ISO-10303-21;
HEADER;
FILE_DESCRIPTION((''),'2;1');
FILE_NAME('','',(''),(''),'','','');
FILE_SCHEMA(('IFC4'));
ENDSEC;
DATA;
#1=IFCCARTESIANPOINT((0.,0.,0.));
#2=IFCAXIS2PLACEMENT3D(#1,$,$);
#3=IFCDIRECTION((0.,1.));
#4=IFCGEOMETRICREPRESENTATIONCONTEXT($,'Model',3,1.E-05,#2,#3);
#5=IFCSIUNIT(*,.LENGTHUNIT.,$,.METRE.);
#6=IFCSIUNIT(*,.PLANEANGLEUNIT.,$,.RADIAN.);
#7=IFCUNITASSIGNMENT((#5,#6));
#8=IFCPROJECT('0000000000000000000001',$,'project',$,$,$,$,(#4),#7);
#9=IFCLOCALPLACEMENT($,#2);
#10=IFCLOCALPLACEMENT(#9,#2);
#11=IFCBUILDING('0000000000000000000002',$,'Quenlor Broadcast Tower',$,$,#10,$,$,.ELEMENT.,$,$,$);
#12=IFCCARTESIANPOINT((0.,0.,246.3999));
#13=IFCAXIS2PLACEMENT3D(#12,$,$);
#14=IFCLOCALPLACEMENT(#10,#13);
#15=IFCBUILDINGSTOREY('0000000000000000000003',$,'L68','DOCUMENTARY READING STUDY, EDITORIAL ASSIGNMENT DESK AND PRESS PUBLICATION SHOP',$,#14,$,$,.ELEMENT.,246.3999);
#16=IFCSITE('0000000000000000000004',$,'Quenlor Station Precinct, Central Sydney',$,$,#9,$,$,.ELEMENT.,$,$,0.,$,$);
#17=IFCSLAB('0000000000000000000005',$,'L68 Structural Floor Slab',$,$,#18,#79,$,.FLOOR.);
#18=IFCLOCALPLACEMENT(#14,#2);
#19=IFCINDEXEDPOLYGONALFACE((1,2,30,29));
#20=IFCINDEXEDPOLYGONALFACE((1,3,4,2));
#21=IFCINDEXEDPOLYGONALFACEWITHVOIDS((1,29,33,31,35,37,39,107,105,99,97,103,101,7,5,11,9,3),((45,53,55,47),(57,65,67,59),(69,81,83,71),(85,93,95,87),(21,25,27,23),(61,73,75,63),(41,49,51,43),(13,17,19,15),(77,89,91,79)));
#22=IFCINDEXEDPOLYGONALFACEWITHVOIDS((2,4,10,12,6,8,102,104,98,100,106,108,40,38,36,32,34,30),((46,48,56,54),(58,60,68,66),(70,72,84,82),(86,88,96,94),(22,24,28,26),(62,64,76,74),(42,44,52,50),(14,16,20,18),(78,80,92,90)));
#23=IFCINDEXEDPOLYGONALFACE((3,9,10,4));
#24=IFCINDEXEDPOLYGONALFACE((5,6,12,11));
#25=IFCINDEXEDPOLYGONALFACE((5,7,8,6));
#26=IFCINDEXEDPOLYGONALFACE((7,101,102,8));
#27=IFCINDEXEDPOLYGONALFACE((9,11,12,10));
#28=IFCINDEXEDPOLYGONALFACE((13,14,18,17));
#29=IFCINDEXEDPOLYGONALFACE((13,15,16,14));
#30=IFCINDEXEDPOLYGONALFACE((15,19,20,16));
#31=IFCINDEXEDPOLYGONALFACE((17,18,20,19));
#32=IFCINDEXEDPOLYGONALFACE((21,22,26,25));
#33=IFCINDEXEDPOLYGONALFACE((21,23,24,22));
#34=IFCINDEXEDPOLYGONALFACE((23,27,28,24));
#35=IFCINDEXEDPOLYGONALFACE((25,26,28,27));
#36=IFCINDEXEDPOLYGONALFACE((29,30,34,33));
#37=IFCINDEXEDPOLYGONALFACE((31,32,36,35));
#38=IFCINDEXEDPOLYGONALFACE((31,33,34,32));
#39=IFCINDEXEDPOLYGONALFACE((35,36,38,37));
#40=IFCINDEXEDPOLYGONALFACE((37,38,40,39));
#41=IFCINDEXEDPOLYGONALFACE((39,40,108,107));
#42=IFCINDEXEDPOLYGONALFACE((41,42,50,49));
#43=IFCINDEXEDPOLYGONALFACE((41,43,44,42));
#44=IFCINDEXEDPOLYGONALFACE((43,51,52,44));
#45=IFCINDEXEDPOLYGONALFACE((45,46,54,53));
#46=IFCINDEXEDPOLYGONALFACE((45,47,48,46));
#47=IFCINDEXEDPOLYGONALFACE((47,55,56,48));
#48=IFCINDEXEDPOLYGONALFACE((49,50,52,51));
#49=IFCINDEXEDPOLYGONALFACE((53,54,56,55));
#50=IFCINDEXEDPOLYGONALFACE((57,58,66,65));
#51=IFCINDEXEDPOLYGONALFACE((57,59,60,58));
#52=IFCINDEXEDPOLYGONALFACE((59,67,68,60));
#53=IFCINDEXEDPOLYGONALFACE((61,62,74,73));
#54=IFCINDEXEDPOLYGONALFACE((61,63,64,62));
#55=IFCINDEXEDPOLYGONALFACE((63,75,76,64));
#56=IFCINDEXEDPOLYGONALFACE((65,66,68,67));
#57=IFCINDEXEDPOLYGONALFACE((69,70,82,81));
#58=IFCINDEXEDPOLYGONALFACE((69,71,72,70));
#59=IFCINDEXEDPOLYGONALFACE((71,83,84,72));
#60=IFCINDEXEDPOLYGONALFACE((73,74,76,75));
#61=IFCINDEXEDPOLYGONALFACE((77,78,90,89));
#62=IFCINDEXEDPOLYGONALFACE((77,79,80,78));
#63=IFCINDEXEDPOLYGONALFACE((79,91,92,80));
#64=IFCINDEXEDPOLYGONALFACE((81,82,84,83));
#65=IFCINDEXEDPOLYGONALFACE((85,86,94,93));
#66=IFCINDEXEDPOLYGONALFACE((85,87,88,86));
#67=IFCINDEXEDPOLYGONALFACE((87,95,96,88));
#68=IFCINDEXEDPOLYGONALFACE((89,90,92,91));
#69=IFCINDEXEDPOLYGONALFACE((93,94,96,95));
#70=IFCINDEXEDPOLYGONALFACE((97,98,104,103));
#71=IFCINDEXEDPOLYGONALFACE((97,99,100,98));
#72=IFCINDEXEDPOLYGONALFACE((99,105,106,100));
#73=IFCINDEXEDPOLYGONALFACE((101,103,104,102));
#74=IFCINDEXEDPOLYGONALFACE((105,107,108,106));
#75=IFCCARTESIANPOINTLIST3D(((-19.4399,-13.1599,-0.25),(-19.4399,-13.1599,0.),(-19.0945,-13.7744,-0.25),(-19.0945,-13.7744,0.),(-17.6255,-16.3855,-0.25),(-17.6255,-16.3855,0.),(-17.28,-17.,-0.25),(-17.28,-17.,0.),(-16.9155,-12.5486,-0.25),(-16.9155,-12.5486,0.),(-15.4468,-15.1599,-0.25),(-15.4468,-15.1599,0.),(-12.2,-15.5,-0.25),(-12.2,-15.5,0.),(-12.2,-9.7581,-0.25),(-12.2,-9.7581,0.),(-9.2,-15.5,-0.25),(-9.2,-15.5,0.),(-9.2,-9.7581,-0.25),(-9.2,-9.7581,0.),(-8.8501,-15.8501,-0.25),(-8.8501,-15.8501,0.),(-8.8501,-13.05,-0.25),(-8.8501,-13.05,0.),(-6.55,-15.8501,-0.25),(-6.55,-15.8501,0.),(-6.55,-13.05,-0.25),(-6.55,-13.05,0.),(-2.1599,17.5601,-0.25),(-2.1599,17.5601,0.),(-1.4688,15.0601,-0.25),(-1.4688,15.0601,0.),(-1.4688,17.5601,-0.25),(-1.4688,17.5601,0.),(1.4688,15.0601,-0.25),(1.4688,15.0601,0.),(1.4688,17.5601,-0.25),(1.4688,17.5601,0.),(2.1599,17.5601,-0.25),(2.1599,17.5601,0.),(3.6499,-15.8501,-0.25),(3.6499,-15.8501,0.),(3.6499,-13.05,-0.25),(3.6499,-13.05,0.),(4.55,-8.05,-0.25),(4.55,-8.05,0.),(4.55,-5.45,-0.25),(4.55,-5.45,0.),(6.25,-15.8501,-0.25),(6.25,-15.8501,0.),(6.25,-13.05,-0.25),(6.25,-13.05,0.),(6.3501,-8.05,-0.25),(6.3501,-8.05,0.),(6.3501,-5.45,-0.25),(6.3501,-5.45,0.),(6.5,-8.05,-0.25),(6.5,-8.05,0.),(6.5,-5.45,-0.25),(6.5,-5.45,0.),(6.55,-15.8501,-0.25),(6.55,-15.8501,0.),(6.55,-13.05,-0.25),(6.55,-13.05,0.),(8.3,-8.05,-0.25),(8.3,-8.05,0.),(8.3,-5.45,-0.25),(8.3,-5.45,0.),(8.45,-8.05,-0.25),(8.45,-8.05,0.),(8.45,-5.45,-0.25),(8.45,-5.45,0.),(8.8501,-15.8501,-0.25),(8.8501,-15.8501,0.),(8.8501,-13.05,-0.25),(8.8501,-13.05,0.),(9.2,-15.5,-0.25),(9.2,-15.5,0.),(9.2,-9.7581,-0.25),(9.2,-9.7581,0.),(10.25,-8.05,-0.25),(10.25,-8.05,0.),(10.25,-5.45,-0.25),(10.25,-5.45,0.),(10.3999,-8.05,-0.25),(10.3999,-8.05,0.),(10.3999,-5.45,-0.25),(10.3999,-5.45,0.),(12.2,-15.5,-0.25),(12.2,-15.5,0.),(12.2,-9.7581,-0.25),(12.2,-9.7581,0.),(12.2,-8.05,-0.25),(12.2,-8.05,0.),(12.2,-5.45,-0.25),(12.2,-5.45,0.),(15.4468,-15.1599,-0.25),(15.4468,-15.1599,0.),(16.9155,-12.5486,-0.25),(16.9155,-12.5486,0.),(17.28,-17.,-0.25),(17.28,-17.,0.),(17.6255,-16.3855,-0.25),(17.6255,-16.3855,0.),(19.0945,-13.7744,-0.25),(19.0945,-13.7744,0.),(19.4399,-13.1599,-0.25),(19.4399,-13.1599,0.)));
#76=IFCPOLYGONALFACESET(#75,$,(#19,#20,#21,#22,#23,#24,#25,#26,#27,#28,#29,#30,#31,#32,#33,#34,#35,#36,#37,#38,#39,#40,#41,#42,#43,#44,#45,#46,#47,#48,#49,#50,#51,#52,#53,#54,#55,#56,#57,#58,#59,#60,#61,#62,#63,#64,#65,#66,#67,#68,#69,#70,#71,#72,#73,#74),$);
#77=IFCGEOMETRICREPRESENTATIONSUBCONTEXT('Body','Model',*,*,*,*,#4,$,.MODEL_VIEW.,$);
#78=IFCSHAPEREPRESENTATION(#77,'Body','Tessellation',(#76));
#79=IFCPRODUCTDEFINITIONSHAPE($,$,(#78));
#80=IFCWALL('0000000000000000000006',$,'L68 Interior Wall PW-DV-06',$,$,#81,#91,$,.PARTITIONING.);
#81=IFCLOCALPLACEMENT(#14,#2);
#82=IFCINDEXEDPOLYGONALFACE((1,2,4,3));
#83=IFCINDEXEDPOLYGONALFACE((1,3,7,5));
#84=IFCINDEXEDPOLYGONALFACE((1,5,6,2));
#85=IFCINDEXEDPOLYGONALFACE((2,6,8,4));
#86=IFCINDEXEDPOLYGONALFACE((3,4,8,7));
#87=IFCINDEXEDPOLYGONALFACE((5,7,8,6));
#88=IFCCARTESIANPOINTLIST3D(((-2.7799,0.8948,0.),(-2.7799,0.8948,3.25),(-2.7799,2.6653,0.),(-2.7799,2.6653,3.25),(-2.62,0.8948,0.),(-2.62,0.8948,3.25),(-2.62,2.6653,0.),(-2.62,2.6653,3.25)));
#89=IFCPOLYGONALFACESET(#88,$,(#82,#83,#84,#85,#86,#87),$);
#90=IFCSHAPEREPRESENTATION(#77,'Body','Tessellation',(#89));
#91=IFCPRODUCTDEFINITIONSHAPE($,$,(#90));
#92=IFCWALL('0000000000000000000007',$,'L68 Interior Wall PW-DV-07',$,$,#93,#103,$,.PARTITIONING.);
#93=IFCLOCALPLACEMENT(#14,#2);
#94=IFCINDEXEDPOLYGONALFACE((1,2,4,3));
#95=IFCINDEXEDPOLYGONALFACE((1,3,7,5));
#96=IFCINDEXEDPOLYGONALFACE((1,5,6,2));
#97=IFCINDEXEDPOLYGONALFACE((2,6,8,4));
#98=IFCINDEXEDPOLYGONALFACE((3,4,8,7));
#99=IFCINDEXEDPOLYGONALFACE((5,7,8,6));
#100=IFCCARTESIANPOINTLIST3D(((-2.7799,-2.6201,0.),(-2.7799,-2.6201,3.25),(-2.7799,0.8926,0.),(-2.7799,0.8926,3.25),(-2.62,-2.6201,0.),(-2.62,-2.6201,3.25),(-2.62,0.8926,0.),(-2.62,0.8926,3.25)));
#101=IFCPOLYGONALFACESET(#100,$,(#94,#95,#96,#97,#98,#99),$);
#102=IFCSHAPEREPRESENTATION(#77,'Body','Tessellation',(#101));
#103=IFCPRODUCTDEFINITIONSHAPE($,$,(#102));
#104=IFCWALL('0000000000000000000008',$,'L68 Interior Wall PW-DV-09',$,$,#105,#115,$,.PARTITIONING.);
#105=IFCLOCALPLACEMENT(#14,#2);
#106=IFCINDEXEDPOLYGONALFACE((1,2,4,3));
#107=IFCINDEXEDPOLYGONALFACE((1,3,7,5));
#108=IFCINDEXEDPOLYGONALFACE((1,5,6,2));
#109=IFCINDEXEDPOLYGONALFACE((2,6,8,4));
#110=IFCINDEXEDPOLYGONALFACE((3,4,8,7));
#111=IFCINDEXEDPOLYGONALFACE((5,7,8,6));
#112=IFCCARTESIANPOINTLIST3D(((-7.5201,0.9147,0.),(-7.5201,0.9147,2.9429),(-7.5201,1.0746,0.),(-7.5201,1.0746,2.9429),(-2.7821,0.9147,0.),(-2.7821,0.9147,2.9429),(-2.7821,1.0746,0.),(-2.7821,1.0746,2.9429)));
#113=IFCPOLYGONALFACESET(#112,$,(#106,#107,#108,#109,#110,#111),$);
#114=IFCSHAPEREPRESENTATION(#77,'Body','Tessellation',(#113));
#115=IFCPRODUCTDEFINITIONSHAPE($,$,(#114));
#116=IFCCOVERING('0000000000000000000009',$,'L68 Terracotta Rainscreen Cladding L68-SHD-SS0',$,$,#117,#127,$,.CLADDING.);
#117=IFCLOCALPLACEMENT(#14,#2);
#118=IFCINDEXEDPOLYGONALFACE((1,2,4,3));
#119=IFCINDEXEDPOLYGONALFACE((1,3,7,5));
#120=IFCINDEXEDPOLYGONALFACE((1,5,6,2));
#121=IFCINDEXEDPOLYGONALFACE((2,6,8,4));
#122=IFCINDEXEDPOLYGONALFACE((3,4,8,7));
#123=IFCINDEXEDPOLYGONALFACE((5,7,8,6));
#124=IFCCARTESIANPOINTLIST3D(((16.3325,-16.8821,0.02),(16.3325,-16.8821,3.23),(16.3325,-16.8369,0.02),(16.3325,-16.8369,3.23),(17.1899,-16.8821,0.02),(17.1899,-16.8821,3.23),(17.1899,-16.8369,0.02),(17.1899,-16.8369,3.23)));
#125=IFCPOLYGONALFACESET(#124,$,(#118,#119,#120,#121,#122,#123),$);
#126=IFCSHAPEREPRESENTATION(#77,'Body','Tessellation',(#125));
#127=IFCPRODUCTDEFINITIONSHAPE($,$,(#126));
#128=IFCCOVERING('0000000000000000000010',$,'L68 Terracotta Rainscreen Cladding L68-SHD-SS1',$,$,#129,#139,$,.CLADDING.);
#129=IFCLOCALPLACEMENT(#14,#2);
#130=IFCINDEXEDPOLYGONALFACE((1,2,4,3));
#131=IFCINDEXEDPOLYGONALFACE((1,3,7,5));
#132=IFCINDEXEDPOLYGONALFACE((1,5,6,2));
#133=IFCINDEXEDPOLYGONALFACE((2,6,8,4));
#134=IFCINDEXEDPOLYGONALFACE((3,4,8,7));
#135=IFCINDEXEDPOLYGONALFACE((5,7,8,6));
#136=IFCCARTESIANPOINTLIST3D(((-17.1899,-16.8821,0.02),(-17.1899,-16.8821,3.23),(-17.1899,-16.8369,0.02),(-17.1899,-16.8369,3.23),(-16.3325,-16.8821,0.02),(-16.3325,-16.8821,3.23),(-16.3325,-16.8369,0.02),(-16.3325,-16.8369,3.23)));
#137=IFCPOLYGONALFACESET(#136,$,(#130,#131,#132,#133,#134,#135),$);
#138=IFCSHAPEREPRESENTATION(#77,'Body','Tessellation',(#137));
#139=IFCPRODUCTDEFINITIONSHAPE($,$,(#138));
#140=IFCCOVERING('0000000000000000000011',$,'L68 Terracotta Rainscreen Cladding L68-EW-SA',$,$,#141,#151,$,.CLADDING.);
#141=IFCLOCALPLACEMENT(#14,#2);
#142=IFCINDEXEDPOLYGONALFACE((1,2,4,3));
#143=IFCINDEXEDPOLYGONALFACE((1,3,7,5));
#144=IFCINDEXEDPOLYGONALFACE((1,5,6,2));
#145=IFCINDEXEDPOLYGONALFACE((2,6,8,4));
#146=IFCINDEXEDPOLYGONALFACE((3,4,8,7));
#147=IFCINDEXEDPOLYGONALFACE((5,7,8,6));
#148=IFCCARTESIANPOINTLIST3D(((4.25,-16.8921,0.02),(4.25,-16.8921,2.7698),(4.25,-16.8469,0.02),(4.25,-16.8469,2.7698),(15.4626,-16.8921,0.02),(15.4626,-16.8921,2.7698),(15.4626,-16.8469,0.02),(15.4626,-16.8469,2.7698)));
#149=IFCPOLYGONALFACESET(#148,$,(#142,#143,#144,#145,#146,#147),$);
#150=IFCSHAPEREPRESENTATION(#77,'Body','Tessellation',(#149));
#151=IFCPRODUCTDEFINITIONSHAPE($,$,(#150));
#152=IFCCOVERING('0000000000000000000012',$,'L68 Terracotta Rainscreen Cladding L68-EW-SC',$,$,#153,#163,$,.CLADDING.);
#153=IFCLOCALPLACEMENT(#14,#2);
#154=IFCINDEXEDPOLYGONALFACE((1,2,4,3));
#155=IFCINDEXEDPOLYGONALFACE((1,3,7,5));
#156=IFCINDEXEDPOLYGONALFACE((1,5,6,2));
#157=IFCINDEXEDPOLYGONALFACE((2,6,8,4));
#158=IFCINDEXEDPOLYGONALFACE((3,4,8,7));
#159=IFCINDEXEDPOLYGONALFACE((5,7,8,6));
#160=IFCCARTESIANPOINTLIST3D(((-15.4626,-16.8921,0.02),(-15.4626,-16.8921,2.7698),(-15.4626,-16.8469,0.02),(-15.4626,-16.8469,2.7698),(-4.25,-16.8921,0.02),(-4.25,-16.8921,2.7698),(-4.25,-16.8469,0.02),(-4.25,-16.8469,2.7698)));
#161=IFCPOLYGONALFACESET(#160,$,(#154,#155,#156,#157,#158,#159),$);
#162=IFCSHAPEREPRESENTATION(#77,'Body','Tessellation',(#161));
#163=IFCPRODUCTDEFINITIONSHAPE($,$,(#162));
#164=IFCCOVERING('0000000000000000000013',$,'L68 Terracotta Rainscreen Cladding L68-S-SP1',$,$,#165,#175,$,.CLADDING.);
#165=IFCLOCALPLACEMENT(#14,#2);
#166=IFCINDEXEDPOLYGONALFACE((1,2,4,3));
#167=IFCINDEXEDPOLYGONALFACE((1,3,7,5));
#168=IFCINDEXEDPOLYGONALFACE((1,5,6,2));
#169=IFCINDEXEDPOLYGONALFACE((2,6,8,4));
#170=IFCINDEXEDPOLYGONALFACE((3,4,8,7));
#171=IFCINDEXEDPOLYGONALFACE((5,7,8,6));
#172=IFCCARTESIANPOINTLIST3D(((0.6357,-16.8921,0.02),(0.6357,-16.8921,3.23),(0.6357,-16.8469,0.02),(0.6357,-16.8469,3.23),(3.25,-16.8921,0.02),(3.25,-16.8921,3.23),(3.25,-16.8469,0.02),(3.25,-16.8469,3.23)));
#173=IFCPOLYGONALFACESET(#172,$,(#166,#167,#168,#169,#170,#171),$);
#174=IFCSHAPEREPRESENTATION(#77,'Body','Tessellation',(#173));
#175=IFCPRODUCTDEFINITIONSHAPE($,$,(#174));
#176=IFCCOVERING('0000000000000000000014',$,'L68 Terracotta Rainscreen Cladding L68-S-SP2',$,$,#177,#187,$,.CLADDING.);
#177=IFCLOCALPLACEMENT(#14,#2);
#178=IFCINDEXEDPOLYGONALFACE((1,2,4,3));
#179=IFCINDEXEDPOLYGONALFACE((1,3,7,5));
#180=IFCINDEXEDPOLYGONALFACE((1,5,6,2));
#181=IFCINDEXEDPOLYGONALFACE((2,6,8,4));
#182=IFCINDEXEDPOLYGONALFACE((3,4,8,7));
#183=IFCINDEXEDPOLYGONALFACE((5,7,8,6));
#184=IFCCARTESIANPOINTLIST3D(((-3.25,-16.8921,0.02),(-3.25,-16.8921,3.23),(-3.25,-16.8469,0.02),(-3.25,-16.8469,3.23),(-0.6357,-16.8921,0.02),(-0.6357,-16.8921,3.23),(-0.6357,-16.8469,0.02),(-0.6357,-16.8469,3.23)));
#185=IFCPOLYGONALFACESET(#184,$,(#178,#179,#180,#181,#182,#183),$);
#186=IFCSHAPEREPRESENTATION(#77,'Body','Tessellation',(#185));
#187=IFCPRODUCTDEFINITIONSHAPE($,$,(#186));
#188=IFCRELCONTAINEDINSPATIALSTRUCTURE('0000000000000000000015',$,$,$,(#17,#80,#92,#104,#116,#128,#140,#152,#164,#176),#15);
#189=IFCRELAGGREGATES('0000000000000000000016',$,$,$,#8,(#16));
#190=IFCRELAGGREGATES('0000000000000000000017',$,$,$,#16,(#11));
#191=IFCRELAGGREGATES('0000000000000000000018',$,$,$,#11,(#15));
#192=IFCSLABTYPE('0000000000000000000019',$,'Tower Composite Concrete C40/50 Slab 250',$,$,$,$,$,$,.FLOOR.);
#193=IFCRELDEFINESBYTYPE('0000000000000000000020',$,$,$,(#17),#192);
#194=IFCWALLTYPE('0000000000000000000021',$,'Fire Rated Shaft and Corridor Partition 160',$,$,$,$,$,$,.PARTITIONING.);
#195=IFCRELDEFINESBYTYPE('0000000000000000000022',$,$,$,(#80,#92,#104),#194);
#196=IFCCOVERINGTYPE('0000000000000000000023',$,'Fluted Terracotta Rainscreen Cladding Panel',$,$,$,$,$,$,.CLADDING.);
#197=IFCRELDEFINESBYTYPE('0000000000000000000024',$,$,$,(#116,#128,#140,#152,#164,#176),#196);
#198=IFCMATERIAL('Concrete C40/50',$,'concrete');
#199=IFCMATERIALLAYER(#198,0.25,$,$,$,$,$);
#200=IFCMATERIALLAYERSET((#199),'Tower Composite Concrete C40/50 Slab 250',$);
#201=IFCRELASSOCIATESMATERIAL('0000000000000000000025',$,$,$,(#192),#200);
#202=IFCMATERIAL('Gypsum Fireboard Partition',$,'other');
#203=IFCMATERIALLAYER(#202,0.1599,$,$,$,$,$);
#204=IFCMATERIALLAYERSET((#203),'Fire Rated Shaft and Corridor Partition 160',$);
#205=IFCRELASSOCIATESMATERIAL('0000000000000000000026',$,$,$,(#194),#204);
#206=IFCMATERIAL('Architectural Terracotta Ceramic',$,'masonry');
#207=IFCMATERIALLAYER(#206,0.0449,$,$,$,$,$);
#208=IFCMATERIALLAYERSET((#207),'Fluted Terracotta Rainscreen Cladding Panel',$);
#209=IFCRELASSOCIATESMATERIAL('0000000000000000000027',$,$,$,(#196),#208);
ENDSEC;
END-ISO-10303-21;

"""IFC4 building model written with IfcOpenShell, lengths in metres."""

from ifc_helpers import new_model, si_unit, direction, frame, frame_2d, origin, place, context, subcontext, project, spatial, polyline, rectangle, outline, extrude, material, layer, layer_set, type_object, element, save


model = new_model("IFC4")

# Units and contexts
model_context = context("Model", 3, precision=1e-05, world=origin(), true_north=direction((0.0, 1.0)))
body_context = subcontext(model_context, "Body", "Model", "MODEL_VIEW")
ifc_project = project(units=[si_unit("LENGTHUNIT", "METRE"), si_unit("PLANEANGLEUNIT", "RADIAN")], contexts=[model_context])

# Site, building, storey
site_placement = place(None, origin())
site = spatial("IfcSite", under=ifc_project, at=site_placement, Name="Quenlor Station Precinct, Central Sydney", CompositionType="ELEMENT", RefElevation=0.0)
building_placement = place(site_placement, origin())
building = spatial("IfcBuilding", under=site, at=building_placement, Name="Quenlor Broadcast Tower", CompositionType="ELEMENT")
storey_placement = place(building_placement, frame((0.0, 0.0, 246.3999)))
storey = spatial("IfcBuildingStorey", under=building, at=storey_placement, Name="L68", Description="DOCUMENTARY READING STUDY, EDITORIAL ASSIGNMENT DESK AND PRESS PUBLICATION SHOP", CompositionType="ELEMENT", Elevation=246.3999)

# Slab
ifc_material_1 = material(Name="Concrete C40/50", Category="concrete")
ifc_layer_1 = layer(ifc_material_1, 0.25)
ifc_layer_set_1 = layer_set([ifc_layer_1], Name="Tower Composite Concrete C40/50 Slab 250")
slab_type = type_object("IfcSlabType", Name="Tower Composite Concrete C40/50 Slab 250", PredefinedType="FLOOR", material=ifc_layer_set_1)
slab_placement = place(storey_placement, frame((0.0, 0.0, -0.25)))
element("IfcSlab", 1, at=slab_placement, inside=storey, type_object=slab_type, Name="L68 Structural Floor Slab", PredefinedType="FLOOR", context=body_context, shape_type="SweptSolid", body=[
    extrude(outline(polyline([(17.28, -17.0), (17.6255, -16.3855), (15.4468, -15.1599), (16.9155, -12.5486), (19.0945, -13.7744), (19.4399, -13.1599), (2.1599, 17.5601), (1.4688, 17.5601), (1.4688, 15.0601), (-1.4688, 15.0601), (-1.4688, 17.5601), (-2.1599, 17.5601), (-19.4399, -13.1599), (-19.0945, -13.7744), (-16.9155, -12.5486), (-15.4468, -15.1599), (-17.6255, -16.3855), (-17.28, -17.0), (17.28, -17.0)]), holes=[polyline([(-12.2, -9.7581), (-12.2, -15.5), (-9.2, -15.5), (-9.2, -9.7581), (-12.2, -9.7581)]), polyline([(9.2, -9.7581), (9.2, -15.5), (12.2, -15.5), (12.2, -9.7581), (9.2, -9.7581)]), polyline([(4.55, -8.05), (6.3501, -8.05), (6.3501, -5.45), (4.55, -5.45), (4.55, -8.05)]), polyline([(6.5, -8.05), (8.3, -8.05), (8.3, -5.45), (6.5, -5.45), (6.5, -8.05)]), polyline([(8.45, -8.05), (10.25, -8.05), (10.25, -5.45), (8.45, -5.45), (8.45, -8.05)]), polyline([(10.3999, -8.05), (12.2, -8.05), (12.2, -5.45), (10.3999, -5.45), (10.3999, -8.05)]), polyline([(-8.8501, -15.8501), (-6.55, -15.8501), (-6.55, -13.05), (-8.8501, -13.05), (-8.8501, -15.8501)]), polyline([(6.55, -15.8501), (8.8501, -15.8501), (8.8501, -13.05), (6.55, -13.05), (6.55, -15.8501)]), polyline([(3.6499, -15.8501), (6.25, -15.8501), (6.25, -13.05), (3.6499, -13.05), (3.6499, -15.8501)])]), origin(), (0.0, 0.0, 1.0), 0.25),
])

# Walls
ifc_material_2 = material(Name="Gypsum Fireboard Partition", Category="other")
ifc_layer_2 = layer(ifc_material_2, 0.1599)
ifc_layer_set_2 = layer_set([ifc_layer_2], Name="Fire Rated Shaft and Corridor Partition 160")
wall_type = type_object("IfcWallType", Name="Fire Rated Shaft and Corridor Partition 160", PredefinedType="PARTITIONING", material=ifc_layer_set_2)
wall_1_placement = place(storey_placement, frame((-2.7, 0.8948, 0.0), z_axis=(0.0, 0.0, 1.0), x_axis=(0.0, 1.0, 0.0)))
element("IfcWall", 2, at=wall_1_placement, inside=storey, type_object=wall_type, Name="L68 Interior Wall PW-DV-06", PredefinedType="PARTITIONING", context=body_context, shape_type="SweptSolid", body=[
    extrude(rectangle(XDim=1.7705, YDim=0.1599, at=frame_2d((0.8853, 0.0))), origin(), (0.0, 0.0, 1.0), 3.25),
])
wall_2_placement = place(storey_placement, frame((-2.7, -2.6201, 0.0), z_axis=(0.0, 0.0, 1.0), x_axis=(0.0, 1.0, 0.0)))
element("IfcWall", 3, at=wall_2_placement, inside=storey, type_object=wall_type, Name="L68 Interior Wall PW-DV-07", PredefinedType="PARTITIONING", context=body_context, shape_type="SweptSolid", body=[
    extrude(rectangle(XDim=3.5127, YDim=0.1599, at=frame_2d((1.7563, 0.0))), origin(), (0.0, 0.0, 1.0), 3.25),
])
wall_3_placement = place(storey_placement, frame((-2.782, 0.9946, 0.0), z_axis=(0.0, 0.0, 1.0), x_axis=(-1.0, 0.0, 0.0)))
element("IfcWall", 4, at=wall_3_placement, inside=storey, type_object=wall_type, Name="L68 Interior Wall PW-DV-09", PredefinedType="PARTITIONING", context=body_context, shape_type="SweptSolid", body=[
    extrude(rectangle(XDim=4.738, YDim=0.1599, at=frame_2d((2.3691, 0.0))), origin(), (0.0, 0.0, 1.0), 2.9429),
])

# Coverings
ifc_material_3 = material(Name="Architectural Terracotta Ceramic", Category="masonry")
ifc_layer_3 = layer(ifc_material_3, 0.0449)
ifc_layer_set_3 = layer_set([ifc_layer_3], Name="Fluted Terracotta Rainscreen Cladding Panel")
covering_type = type_object("IfcCoveringType", Name="Fluted Terracotta Rainscreen Cladding Panel", PredefinedType="CLADDING", material=ifc_layer_set_3)
covering_1_placement = place(storey_placement, frame((0.0, 0.0, 0.02)))
element("IfcCovering", 5, at=covering_1_placement, inside=storey, type_object=covering_type, Name="L68 Terracotta Rainscreen Cladding L68-SHD-SS0", PredefinedType="CLADDING", context=body_context, shape_type="SweptSolid", body=[
    extrude(outline(polyline([(17.1899, -16.8369), (16.3325, -16.8369), (16.3325, -16.8821), (17.1899, -16.8821), (17.1899, -16.8369)])), origin(), (0.0, 0.0, 1.0), 3.21),
])
covering_2_placement = place(storey_placement, frame((0.0, 0.0, 0.02)))
element("IfcCovering", 6, at=covering_2_placement, inside=storey, type_object=covering_type, Name="L68 Terracotta Rainscreen Cladding L68-SHD-SS1", PredefinedType="CLADDING", context=body_context, shape_type="SweptSolid", body=[
    extrude(outline(polyline([(-16.3325, -16.8369), (-17.1899, -16.8369), (-17.1899, -16.8821), (-16.3325, -16.8821), (-16.3325, -16.8369)])), origin(), (0.0, 0.0, 1.0), 3.21),
])
covering_3_placement = place(storey_placement, frame((0.0, 0.0, 0.02)))
element("IfcCovering", 7, at=covering_3_placement, inside=storey, type_object=covering_type, Name="L68 Terracotta Rainscreen Cladding L68-EW-SA", PredefinedType="CLADDING", context=body_context, shape_type="SweptSolid", body=[
    extrude(outline(polyline([(15.4626, -16.8469), (4.25, -16.8469), (4.25, -16.8921), (15.4626, -16.8921), (15.4626, -16.8469)])), origin(), (0.0, 0.0, 1.0), 2.7498),
])
covering_4_placement = place(storey_placement, frame((0.0, 0.0, 0.02)))
element("IfcCovering", 8, at=covering_4_placement, inside=storey, type_object=covering_type, Name="L68 Terracotta Rainscreen Cladding L68-EW-SC", PredefinedType="CLADDING", context=body_context, shape_type="SweptSolid", body=[
    extrude(outline(polyline([(-4.25, -16.8469), (-15.4626, -16.8469), (-15.4626, -16.8921), (-4.25, -16.8921), (-4.25, -16.8469)])), origin(), (0.0, 0.0, 1.0), 2.7498),
])
covering_5_placement = place(storey_placement, frame((0.0, 0.0, 0.02)))
element("IfcCovering", 9, at=covering_5_placement, inside=storey, type_object=covering_type, Name="L68 Terracotta Rainscreen Cladding L68-S-SP1", PredefinedType="CLADDING", context=body_context, shape_type="SweptSolid", body=[
    extrude(outline(polyline([(3.25, -16.8469), (0.6357, -16.8469), (0.6357, -16.8921), (3.25, -16.8921), (3.25, -16.8469)])), origin(), (0.0, 0.0, 1.0), 3.21),
])
covering_6_placement = place(storey_placement, frame((0.0, 0.0, 0.02)))
element("IfcCovering", 10, at=covering_6_placement, inside=storey, type_object=covering_type, Name="L68 Terracotta Rainscreen Cladding L68-S-SP2", PredefinedType="CLADDING", context=body_context, shape_type="SweptSolid", body=[
    extrude(outline(polyline([(-0.6357, -16.8469), (-3.25, -16.8469), (-3.25, -16.8921), (-0.6357, -16.8921), (-0.6357, -16.8469)])), origin(), (0.0, 0.0, 1.0), 3.21),
])

save(model, "model.ifc")
